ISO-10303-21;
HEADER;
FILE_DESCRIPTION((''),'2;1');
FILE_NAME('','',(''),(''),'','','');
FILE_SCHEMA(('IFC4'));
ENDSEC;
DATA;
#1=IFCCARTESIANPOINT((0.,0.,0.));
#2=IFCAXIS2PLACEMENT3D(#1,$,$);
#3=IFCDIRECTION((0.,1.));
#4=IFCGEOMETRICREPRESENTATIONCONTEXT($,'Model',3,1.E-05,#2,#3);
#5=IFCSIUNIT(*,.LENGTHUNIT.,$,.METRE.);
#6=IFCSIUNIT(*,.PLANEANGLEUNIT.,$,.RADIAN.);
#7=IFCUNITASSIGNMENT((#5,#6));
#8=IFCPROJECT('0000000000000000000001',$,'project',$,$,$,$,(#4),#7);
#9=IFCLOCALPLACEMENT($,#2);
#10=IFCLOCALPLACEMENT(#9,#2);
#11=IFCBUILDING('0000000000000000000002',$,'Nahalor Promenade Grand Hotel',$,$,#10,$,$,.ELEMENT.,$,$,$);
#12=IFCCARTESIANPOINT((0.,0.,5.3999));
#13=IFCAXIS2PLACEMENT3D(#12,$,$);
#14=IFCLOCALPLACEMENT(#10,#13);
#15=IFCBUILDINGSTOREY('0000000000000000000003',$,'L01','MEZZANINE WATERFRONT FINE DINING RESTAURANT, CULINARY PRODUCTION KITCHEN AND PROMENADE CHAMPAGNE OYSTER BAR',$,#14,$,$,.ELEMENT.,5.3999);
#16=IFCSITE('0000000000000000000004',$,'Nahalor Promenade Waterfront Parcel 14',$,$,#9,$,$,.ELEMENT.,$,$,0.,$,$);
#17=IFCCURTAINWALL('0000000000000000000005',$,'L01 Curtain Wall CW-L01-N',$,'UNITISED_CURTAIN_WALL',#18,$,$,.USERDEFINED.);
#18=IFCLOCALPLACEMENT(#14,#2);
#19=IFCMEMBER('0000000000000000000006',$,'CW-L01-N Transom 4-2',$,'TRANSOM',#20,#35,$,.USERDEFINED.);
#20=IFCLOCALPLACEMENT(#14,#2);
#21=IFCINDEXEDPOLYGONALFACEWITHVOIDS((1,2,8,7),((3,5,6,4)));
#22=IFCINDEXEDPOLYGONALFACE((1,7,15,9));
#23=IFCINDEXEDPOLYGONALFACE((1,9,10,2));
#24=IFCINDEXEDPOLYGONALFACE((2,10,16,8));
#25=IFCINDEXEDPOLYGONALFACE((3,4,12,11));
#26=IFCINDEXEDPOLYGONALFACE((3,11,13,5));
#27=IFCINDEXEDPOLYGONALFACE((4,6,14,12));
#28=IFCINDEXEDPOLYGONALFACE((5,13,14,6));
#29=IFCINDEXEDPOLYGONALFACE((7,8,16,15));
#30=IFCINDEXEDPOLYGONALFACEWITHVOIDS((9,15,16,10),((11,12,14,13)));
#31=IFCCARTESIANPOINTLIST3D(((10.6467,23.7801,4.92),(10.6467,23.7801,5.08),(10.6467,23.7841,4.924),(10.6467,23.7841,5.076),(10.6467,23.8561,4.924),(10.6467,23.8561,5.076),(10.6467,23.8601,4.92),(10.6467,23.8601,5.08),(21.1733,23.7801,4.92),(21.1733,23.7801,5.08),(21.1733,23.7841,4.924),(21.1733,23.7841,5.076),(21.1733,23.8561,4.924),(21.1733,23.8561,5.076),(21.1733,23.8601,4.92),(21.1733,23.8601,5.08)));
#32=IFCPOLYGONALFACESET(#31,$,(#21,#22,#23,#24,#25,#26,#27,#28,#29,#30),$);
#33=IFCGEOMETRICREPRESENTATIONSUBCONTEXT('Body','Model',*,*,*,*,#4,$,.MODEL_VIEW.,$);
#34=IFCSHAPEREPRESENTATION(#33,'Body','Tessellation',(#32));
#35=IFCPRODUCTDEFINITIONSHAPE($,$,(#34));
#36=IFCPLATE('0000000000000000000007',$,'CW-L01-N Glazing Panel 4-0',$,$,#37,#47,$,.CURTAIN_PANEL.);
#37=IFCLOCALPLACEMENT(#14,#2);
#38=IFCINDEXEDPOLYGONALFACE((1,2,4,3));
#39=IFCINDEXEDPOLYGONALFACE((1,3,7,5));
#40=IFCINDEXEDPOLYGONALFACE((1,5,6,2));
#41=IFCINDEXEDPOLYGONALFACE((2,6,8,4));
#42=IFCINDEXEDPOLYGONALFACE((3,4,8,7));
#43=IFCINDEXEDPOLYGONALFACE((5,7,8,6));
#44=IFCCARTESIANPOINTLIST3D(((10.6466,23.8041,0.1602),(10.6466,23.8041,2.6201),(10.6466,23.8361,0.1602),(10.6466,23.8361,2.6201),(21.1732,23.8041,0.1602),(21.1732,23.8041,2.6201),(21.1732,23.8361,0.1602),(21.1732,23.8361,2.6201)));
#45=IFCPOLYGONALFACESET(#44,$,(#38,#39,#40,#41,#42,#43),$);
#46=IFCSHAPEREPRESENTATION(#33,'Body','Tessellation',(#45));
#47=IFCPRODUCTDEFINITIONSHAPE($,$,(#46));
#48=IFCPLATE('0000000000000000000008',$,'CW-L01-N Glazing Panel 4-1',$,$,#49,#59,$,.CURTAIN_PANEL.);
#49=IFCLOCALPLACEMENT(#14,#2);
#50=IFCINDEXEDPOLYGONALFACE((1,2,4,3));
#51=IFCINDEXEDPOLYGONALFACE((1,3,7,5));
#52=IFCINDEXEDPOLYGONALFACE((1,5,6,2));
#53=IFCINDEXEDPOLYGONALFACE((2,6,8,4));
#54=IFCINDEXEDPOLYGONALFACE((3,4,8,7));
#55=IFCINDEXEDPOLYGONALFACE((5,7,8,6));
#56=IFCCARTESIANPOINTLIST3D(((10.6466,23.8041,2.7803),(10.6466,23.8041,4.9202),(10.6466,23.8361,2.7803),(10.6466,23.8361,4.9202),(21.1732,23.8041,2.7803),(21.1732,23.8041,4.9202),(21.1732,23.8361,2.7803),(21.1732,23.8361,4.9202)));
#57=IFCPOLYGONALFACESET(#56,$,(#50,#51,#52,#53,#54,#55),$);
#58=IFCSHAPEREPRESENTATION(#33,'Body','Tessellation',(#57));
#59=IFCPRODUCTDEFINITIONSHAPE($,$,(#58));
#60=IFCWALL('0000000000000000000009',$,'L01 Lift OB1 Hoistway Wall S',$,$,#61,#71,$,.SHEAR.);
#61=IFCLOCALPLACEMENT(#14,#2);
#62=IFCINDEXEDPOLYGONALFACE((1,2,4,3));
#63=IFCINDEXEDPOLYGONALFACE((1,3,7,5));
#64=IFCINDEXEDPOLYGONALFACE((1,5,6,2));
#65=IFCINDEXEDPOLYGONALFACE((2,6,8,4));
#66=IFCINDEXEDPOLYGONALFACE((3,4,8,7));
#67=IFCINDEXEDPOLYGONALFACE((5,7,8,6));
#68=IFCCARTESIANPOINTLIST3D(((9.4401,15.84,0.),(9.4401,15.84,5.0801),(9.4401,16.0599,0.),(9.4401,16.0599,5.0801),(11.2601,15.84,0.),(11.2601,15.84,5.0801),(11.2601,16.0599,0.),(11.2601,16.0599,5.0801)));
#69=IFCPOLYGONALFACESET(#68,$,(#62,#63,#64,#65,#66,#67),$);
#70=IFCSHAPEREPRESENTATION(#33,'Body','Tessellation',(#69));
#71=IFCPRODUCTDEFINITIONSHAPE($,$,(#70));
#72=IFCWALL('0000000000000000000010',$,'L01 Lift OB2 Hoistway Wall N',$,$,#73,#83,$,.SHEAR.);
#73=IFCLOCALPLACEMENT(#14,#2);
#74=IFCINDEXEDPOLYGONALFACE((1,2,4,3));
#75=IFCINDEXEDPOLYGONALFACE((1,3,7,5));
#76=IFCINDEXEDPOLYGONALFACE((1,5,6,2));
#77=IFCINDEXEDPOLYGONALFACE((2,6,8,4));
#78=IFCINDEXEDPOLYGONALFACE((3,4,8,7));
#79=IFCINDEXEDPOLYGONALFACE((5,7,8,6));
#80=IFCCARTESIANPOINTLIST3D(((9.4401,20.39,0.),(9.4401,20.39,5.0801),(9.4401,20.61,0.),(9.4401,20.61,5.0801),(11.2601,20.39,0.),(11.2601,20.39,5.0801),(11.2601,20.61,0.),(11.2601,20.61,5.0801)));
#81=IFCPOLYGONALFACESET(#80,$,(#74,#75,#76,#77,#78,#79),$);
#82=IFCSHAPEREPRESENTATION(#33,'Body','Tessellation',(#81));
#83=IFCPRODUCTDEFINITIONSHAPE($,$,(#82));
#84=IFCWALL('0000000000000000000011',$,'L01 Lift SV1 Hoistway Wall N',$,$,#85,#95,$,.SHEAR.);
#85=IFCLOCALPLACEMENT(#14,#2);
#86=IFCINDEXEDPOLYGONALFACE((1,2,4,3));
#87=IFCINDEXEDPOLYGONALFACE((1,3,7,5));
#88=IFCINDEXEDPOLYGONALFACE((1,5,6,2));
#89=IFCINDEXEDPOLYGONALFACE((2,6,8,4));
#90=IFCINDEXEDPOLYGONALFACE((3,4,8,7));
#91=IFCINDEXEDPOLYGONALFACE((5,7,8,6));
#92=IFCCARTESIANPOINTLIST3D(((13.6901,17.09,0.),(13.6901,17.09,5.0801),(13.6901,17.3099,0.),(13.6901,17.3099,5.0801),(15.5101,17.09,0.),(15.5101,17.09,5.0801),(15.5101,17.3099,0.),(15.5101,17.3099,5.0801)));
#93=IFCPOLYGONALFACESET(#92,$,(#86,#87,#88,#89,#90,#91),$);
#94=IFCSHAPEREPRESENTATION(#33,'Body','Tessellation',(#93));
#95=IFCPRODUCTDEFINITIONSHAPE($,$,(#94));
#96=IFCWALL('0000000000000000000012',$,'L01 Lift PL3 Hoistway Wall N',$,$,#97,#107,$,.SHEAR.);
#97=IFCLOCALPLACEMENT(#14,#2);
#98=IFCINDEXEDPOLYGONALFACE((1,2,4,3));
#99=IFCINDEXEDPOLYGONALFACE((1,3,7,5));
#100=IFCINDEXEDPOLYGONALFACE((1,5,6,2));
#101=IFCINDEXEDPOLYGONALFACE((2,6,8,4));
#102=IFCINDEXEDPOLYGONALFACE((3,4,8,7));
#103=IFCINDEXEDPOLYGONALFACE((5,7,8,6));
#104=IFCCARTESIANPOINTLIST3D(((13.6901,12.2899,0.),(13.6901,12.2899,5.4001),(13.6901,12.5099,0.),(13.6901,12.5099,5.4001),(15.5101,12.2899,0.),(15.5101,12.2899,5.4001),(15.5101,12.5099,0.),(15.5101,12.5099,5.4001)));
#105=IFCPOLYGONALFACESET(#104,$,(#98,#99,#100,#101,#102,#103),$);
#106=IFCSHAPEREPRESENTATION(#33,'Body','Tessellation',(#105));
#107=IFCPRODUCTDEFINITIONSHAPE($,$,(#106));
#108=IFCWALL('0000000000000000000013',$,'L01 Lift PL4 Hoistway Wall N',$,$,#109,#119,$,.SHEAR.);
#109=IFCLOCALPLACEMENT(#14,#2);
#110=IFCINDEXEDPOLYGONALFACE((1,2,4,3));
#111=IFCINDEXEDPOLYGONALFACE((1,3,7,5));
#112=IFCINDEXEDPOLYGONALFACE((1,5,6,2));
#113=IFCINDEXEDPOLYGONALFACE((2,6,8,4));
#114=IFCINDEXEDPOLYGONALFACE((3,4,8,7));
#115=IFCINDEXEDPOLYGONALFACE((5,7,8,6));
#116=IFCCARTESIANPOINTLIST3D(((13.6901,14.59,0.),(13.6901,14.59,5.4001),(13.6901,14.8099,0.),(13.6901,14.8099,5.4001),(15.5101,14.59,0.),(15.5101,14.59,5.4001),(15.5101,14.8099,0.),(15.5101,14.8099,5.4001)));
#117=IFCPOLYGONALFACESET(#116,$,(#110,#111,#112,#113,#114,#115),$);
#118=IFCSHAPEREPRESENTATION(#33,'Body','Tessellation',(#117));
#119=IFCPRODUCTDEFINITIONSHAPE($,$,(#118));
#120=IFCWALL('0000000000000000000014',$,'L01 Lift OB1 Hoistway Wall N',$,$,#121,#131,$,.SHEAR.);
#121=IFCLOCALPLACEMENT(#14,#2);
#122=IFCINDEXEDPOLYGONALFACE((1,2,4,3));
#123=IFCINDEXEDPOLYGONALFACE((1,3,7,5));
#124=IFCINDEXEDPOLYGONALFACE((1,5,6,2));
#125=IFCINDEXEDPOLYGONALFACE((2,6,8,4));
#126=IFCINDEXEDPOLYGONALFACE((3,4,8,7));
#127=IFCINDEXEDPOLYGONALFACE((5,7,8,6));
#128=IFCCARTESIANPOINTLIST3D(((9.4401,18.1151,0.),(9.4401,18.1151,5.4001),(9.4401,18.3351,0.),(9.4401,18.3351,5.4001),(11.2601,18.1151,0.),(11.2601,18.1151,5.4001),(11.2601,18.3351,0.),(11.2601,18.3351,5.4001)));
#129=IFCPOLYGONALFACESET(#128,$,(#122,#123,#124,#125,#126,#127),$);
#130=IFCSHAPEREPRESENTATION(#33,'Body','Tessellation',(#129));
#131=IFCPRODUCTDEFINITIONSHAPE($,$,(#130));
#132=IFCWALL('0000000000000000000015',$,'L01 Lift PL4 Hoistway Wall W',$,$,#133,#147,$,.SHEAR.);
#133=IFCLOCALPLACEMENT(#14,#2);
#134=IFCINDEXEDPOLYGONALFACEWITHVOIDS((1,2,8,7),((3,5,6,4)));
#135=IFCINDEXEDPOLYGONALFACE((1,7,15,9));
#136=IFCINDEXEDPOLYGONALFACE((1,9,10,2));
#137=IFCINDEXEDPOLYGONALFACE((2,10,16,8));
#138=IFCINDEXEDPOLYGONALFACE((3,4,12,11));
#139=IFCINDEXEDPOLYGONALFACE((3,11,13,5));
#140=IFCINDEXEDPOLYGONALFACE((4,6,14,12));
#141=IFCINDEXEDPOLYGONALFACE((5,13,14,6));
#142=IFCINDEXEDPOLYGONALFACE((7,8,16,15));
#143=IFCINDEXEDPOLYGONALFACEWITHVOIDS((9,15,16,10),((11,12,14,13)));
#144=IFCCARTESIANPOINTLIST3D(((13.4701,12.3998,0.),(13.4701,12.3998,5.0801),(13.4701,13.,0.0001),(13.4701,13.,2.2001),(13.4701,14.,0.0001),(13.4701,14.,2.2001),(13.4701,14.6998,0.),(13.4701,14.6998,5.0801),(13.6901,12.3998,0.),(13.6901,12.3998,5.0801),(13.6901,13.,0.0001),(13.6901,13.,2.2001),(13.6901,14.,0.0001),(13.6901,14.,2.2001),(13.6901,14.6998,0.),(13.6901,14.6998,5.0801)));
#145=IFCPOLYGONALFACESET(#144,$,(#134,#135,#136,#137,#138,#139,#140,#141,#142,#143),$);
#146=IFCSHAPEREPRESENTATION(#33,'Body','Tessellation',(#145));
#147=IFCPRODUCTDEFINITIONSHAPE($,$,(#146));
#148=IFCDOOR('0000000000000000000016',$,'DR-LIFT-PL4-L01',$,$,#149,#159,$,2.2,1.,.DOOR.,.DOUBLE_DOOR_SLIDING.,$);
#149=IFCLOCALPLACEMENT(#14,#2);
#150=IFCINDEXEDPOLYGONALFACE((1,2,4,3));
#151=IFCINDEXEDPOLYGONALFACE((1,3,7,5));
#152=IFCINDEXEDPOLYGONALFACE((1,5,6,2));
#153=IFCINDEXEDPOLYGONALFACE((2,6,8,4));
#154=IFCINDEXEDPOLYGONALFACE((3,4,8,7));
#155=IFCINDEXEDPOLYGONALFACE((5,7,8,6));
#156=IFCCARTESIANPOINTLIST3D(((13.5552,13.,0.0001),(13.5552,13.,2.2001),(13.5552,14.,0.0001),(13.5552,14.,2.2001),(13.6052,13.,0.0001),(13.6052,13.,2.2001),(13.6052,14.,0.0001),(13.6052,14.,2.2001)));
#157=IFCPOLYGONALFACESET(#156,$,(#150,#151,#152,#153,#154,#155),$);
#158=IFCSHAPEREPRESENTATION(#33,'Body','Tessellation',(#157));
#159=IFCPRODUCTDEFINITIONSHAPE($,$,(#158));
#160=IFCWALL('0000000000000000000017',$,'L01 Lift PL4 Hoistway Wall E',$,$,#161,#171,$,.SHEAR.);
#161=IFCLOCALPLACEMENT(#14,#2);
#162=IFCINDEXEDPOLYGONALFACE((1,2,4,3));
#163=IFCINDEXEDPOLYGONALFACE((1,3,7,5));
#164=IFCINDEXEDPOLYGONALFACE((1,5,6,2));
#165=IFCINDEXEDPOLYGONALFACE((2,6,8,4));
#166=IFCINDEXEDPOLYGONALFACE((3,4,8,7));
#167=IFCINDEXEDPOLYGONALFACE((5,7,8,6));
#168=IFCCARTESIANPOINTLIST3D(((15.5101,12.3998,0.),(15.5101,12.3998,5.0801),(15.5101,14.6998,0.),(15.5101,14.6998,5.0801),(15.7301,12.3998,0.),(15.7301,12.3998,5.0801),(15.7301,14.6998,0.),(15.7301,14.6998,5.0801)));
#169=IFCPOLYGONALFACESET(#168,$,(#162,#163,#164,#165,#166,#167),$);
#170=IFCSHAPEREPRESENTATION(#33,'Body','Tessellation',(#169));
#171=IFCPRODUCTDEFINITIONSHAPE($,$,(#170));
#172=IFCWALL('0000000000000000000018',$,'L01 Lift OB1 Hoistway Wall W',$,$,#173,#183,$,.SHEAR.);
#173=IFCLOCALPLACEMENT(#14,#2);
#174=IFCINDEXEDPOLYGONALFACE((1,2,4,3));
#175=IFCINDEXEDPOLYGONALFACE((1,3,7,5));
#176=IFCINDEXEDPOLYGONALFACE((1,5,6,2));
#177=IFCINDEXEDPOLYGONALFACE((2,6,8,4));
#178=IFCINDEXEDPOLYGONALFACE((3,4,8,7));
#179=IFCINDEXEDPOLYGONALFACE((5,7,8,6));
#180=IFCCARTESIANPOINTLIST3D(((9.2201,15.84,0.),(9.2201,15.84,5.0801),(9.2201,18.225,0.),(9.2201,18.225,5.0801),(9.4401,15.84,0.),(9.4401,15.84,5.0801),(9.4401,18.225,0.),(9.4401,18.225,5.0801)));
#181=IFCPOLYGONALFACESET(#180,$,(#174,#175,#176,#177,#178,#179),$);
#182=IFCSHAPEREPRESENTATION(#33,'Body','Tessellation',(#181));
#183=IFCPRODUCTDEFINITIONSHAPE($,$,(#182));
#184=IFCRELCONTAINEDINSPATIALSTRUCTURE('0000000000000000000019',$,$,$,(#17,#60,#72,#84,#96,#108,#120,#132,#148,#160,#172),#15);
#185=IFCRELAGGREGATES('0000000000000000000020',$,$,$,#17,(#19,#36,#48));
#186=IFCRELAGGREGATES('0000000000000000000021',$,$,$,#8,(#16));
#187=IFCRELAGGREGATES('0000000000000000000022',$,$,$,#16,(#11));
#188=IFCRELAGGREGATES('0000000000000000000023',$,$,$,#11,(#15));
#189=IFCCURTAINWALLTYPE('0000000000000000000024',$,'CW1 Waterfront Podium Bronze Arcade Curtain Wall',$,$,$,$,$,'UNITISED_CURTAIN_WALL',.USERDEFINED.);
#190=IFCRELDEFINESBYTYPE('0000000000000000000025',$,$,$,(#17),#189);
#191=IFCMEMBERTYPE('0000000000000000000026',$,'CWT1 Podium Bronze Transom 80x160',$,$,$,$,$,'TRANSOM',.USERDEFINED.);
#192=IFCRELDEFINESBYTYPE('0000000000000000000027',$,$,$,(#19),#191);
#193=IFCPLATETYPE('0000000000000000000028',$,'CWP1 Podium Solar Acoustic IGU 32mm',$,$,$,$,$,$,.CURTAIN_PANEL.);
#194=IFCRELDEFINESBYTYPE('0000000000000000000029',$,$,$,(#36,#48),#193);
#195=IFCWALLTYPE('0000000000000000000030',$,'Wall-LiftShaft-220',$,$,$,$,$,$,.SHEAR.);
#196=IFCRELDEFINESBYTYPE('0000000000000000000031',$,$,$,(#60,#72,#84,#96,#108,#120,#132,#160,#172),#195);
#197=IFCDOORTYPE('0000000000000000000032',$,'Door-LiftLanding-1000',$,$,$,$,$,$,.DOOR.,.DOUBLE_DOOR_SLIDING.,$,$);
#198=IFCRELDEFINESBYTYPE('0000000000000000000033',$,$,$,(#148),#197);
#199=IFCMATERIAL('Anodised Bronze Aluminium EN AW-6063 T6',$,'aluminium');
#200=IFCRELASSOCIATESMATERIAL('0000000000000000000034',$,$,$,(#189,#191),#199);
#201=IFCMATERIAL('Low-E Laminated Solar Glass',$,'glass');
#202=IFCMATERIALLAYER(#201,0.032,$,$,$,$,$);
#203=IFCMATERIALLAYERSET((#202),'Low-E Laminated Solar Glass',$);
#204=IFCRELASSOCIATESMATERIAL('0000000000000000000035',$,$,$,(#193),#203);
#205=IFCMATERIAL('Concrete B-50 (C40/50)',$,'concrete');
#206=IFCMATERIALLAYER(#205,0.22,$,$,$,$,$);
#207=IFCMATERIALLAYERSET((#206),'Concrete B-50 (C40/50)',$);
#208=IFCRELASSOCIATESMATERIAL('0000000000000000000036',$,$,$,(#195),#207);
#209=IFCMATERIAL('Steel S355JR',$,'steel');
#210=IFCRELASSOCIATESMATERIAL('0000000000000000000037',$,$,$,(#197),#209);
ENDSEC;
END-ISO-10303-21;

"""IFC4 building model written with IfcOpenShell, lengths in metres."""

from ifc_helpers import new_model, si_unit, direction, frame, frame_2d, origin, origin_2d, place, context, subcontext, project, spatial, rectangle, hollow_rectangle, extrude, source, transform, mapped, material, layer, layer_set, material_profile, profile_set, type_object, element, fill, aggregate, save


model = new_model("IFC4")

# Units and contexts
model_context = context("Model", 3, precision=1e-05, world=origin(), true_north=direction((0.0, 1.0)))
body_context = subcontext(model_context, "Body", "Model", "MODEL_VIEW")
ifc_project = project(units=[si_unit("LENGTHUNIT", "METRE"), si_unit("PLANEANGLEUNIT", "RADIAN")], contexts=[model_context])

# Site, building, storey
site_placement = place(None, origin())
site = spatial("IfcSite", under=ifc_project, at=site_placement, Name="Nahalor Promenade Waterfront Parcel 14", CompositionType="ELEMENT", RefElevation=0.0)
building_placement = place(site_placement, origin())
building = spatial("IfcBuilding", under=site, at=building_placement, Name="Nahalor Promenade Grand Hotel", CompositionType="ELEMENT")
storey_placement = place(building_placement, frame((0.0, 0.0, 5.3999)))
storey = spatial("IfcBuildingStorey", under=building, at=storey_placement, Name="L01", Description="MEZZANINE WATERFRONT FINE DINING RESTAURANT, CULINARY PRODUCTION KITCHEN AND PROMENADE CHAMPAGNE OYSTER BAR", CompositionType="ELEMENT", Elevation=5.3999)

# Shared definitions
ifc_material_1 = material(Name="Steel S355JR", Category="steel")

# Curtain wall, member, plates
ifc_material_2 = material(Name="Anodised Bronze Aluminium EN AW-6063 T6", Category="aluminium")
curtain_wall_type = type_object("IfcCurtainWallType", Name="CW1 Waterfront Podium Bronze Arcade Curtain Wall", ElementType="UNITISED_CURTAIN_WALL", PredefinedType="USERDEFINED", material=ifc_material_2)
curtain_wall_placement = place(storey_placement, origin())
curtain_wall = element("IfcCurtainWall", 1, at=curtain_wall_placement, inside=storey, type_object=curtain_wall_type, Name="L01 Curtain Wall CW-L01-N", ObjectType="UNITISED_CURTAIN_WALL", PredefinedType="USERDEFINED")
ifc_material_profile_1 = material_profile(ifc_material_2, hollow_rectangle(XDim=0.08, YDim=0.16, WallThickness=0.004, at=origin_2d()), Name="CWT 80x160x4")
ifc_profile_set_1 = profile_set([ifc_material_profile_1], Name="Anodised Bronze Aluminium EN AW-6063 T6")
member_type_1 = type_object("IfcMemberType", Name="CWT1 Podium Bronze Transom 80x160", ElementType="TRANSOM", PredefinedType="USERDEFINED", material=ifc_profile_set_1)
shared_shape_1 = source(origin(), body_context, "Body", "SweptSolid", [
    extrude(hollow_rectangle(XDim=0.08, YDim=0.16, WallThickness=0.004, at=origin_2d()), origin(), (0.0, 0.0, 1.0), 10.5266),
])
member_1_placement = place(storey_placement, frame((10.6467, 23.8201, 5.0), z_axis=(1.0, 0.0, 0.0), x_axis=(0.0, 1.0, 0.0)))
member_1 = element("IfcMember", 2, at=member_1_placement, type_object=member_type_1, Name="CW-L01-N Transom 4-2", ObjectType="TRANSOM", PredefinedType="USERDEFINED", context=body_context, shape_type="MappedRepresentation", body=[
    mapped(shared_shape_1, transform((0.0, 0.0, 0.0), scale=1.0)),
])
ifc_material_3 = material(Name="Low-E Laminated Solar Glass", Category="glass")
ifc_layer_1 = layer(ifc_material_3, 0.032)
ifc_layer_set_1 = layer_set([ifc_layer_1], Name="Low-E Laminated Solar Glass")
plate_type = type_object("IfcPlateType", Name="CWP1 Podium Solar Acoustic IGU 32mm", PredefinedType="CURTAIN_PANEL", material=ifc_layer_set_1)
shared_shape_2 = source(origin(), body_context, "Body", "SweptSolid", [
    extrude(rectangle(XDim=10.5266, YDim=0.032, at=origin_2d()), origin(), (0.0, 0.0, 1.0), 2.46),
])
plate_1_placement = place(storey_placement, frame((15.9099, 23.8201, 0.1602), z_axis=(0.0, 0.0, 1.0), x_axis=(1.0, 0.0, 0.0)))
plate_1 = element("IfcPlate", 3, at=plate_1_placement, type_object=plate_type, Name="CW-L01-N Glazing Panel 4-0", PredefinedType="CURTAIN_PANEL", context=body_context, shape_type="MappedRepresentation", body=[
    mapped(shared_shape_2, transform((0.0, 0.0, 0.0), scale=1.0)),
])
shared_shape_3 = source(origin(), body_context, "Body", "SweptSolid", [
    extrude(rectangle(XDim=10.5266, YDim=0.032, at=origin_2d()), origin(), (0.0, 0.0, 1.0), 2.1399),
])
plate_2_placement = place(storey_placement, frame((15.9099, 23.8201, 2.7803), z_axis=(0.0, 0.0, 1.0), x_axis=(1.0, 0.0, 0.0)))
plate_2 = element("IfcPlate", 4, at=plate_2_placement, type_object=plate_type, Name="CW-L01-N Glazing Panel 4-1", PredefinedType="CURTAIN_PANEL", context=body_context, shape_type="MappedRepresentation", body=[
    mapped(shared_shape_3, transform((0.0, 0.0, 0.0), scale=1.0)),
])
aggregate(curtain_wall, [member_1, plate_1, plate_2])

# Walls
ifc_material_4 = material(Name="Concrete B-50 (C40/50)", Category="concrete")
ifc_layer_2 = layer(ifc_material_4, 0.22)
ifc_layer_set_2 = layer_set([ifc_layer_2], Name="Concrete B-50 (C40/50)")
wall_type_1 = type_object("IfcWallType", Name="Wall-LiftShaft-220", PredefinedType="SHEAR", material=ifc_layer_set_2)
shared_shape_4 = source(origin(), body_context, "Body", "SweptSolid", [
    extrude(rectangle(XDim=1.8201, YDim=0.22, at=frame_2d((0.9102, 0.0))), origin(), (0.0, 0.0, 1.0), 5.0801),
])
for number, where, z_axis, x_axis, name in (
    (5, (9.4399, 15.95, 0.0), (0.0, 0.0, 1.0), (1.0, 0.0, 0.0), "L01 Lift OB1 Hoistway Wall S"),
    (6, (9.4399, 20.5, 0.0), (0.0, 0.0, 1.0), (1.0, 0.0, 0.0), "L01 Lift OB2 Hoistway Wall N"),
    (7, (13.6899, 17.2, 0.0), (0.0, 0.0, 1.0), (1.0, 0.0, 0.0), "L01 Lift SV1 Hoistway Wall N"),
):
    element("IfcWall", number, at=place(storey_placement, frame(where, z_axis=z_axis, x_axis=x_axis)), inside=storey, type_object=wall_type_1, Name=name, PredefinedType="SHEAR", context=body_context, shape_type="MappedRepresentation", body=[
        mapped(shared_shape_4, transform((0.0, 0.0, 0.0), scale=1.0)),
    ])
shared_shape_5 = source(origin(), body_context, "Body", "SweptSolid", [
    extrude(rectangle(XDim=1.8201, YDim=0.22, at=frame_2d((0.9102, 0.0))), origin(), (0.0, 0.0, 1.0), 5.4001),
])
for number, where, z_axis, x_axis, name in (
    (8, (13.6899, 12.3999, 0.0), (0.0, 0.0, 1.0), (1.0, 0.0, 0.0), "L01 Lift PL3 Hoistway Wall N"),
    (9, (13.6899, 14.7, 0.0), (0.0, 0.0, 1.0), (1.0, 0.0, 0.0), "L01 Lift PL4 Hoistway Wall N"),
    (10, (9.4399, 18.2251, 0.0), (0.0, 0.0, 1.0), (1.0, 0.0, 0.0), "L01 Lift OB1 Hoistway Wall N"),
):
    element("IfcWall", number, at=place(storey_placement, frame(where, z_axis=z_axis, x_axis=x_axis)), inside=storey, type_object=wall_type_1, Name=name, PredefinedType="SHEAR", context=body_context, shape_type="MappedRepresentation", body=[
        mapped(shared_shape_5, transform((0.0, 0.0, 0.0), scale=1.0)),
    ])

# Wall, opening, door
shared_shape_6 = source(origin(), body_context, "Body", "SweptSolid", [
    extrude(rectangle(XDim=2.3, YDim=0.22, at=frame_2d((1.1499, 0.0))), origin(), (0.0, 0.0, 1.0), 5.0801),
])
wall_1_placement = place(storey_placement, frame((13.5801, 12.3999, 0.0), z_axis=(0.0, 0.0, 1.0), x_axis=(0.0, 1.0, 0.0)))
wall_1 = element("IfcWall", 11, at=wall_1_placement, inside=storey, type_object=wall_type_1, Name="L01 Lift PL4 Hoistway Wall W", PredefinedType="SHEAR", context=body_context, shape_type="MappedRepresentation", body=[
    mapped(shared_shape_6, transform((0.0, 0.0, 0.0), scale=1.0)),
])
opening_1_placement = place(wall_1_placement, frame((0.6001, 0.0, 0.0)))
opening_1 = element("IfcOpeningElement", 12, at=opening_1_placement, cuts=wall_1, PredefinedType="OPENING", context=body_context, shape_type="SweptSolid", body=[
    extrude(rectangle(XDim=1.0, YDim=2.2, at=frame_2d((0.5, 1.1001))), frame((0.0, 0.1199, 0.0), z_axis=(0.0, -1.0, 0.0), x_axis=(1.0, 0.0, 0.0)), (0.0, 0.0, 1.0), 0.24),
])
door_type_1 = type_object("IfcDoorType", Name="Door-LiftLanding-1000", OperationType="DOUBLE_DOOR_SLIDING", PredefinedType="DOOR", material=ifc_material_1)
shared_shape_7 = source(origin(), body_context, "Body", "SweptSolid", [
    extrude(rectangle(XDim=1.0, YDim=2.2, at=frame_2d((0.5, 1.1001))), frame((0.0, 0.0249, 0.0), z_axis=(0.0, -1.0, 0.0), x_axis=(1.0, 0.0, 0.0)), (0.0, 0.0, 1.0), 0.05),
])
door_1_placement = place(opening_1_placement, origin())
door_1 = element("IfcDoor", 13, at=door_1_placement, inside=storey, type_object=door_type_1, Name="DR-LIFT-PL4-L01", OperationType="DOUBLE_DOOR_SLIDING", OverallHeight=2.2, OverallWidth=1.0, PredefinedType="DOOR", context=body_context, shape_type="MappedRepresentation", body=[
    mapped(shared_shape_7, transform((0.0, 0.0, 0.0), scale=1.0)),
])
fill(opening_1, door_1)

# Walls
wall_2_placement = place(storey_placement, frame((15.6201, 12.3999, 0.0), z_axis=(0.0, 0.0, 1.0), x_axis=(0.0, 1.0, 0.0)))
element("IfcWall", 14, at=wall_2_placement, inside=storey, type_object=wall_type_1, Name="L01 Lift PL4 Hoistway Wall E", PredefinedType="SHEAR", context=body_context, shape_type="MappedRepresentation", body=[
    mapped(shared_shape_6, transform((0.0, 0.0, 0.0), scale=1.0)),
])
shared_shape_8 = source(origin(), body_context, "Body", "SweptSolid", [
    extrude(rectangle(XDim=2.385, YDim=0.22, at=frame_2d((1.1924, 0.0))), origin(), (0.0, 0.0, 1.0), 5.0801),
])
for number, where, z_axis, x_axis, name in (
    (15, (9.3301, 15.8401, 0.0), (0.0, 0.0, 1.0), (0.0, 1.0, 0.0), "L01 Lift OB1 Hoistway Wall W"),
):
    element("IfcWall", number, at=place(storey_placement, frame(where, z_axis=z_axis, x_axis=x_axis)), inside=storey, type_object=wall_type_1, Name=name, PredefinedType="SHEAR", context=body_context, shape_type="MappedRepresentation", body=[
        mapped(shared_shape_8, transform((0.0, 0.0, 0.0), scale=1.0)),
    ])

save(model, "model.ifc")
